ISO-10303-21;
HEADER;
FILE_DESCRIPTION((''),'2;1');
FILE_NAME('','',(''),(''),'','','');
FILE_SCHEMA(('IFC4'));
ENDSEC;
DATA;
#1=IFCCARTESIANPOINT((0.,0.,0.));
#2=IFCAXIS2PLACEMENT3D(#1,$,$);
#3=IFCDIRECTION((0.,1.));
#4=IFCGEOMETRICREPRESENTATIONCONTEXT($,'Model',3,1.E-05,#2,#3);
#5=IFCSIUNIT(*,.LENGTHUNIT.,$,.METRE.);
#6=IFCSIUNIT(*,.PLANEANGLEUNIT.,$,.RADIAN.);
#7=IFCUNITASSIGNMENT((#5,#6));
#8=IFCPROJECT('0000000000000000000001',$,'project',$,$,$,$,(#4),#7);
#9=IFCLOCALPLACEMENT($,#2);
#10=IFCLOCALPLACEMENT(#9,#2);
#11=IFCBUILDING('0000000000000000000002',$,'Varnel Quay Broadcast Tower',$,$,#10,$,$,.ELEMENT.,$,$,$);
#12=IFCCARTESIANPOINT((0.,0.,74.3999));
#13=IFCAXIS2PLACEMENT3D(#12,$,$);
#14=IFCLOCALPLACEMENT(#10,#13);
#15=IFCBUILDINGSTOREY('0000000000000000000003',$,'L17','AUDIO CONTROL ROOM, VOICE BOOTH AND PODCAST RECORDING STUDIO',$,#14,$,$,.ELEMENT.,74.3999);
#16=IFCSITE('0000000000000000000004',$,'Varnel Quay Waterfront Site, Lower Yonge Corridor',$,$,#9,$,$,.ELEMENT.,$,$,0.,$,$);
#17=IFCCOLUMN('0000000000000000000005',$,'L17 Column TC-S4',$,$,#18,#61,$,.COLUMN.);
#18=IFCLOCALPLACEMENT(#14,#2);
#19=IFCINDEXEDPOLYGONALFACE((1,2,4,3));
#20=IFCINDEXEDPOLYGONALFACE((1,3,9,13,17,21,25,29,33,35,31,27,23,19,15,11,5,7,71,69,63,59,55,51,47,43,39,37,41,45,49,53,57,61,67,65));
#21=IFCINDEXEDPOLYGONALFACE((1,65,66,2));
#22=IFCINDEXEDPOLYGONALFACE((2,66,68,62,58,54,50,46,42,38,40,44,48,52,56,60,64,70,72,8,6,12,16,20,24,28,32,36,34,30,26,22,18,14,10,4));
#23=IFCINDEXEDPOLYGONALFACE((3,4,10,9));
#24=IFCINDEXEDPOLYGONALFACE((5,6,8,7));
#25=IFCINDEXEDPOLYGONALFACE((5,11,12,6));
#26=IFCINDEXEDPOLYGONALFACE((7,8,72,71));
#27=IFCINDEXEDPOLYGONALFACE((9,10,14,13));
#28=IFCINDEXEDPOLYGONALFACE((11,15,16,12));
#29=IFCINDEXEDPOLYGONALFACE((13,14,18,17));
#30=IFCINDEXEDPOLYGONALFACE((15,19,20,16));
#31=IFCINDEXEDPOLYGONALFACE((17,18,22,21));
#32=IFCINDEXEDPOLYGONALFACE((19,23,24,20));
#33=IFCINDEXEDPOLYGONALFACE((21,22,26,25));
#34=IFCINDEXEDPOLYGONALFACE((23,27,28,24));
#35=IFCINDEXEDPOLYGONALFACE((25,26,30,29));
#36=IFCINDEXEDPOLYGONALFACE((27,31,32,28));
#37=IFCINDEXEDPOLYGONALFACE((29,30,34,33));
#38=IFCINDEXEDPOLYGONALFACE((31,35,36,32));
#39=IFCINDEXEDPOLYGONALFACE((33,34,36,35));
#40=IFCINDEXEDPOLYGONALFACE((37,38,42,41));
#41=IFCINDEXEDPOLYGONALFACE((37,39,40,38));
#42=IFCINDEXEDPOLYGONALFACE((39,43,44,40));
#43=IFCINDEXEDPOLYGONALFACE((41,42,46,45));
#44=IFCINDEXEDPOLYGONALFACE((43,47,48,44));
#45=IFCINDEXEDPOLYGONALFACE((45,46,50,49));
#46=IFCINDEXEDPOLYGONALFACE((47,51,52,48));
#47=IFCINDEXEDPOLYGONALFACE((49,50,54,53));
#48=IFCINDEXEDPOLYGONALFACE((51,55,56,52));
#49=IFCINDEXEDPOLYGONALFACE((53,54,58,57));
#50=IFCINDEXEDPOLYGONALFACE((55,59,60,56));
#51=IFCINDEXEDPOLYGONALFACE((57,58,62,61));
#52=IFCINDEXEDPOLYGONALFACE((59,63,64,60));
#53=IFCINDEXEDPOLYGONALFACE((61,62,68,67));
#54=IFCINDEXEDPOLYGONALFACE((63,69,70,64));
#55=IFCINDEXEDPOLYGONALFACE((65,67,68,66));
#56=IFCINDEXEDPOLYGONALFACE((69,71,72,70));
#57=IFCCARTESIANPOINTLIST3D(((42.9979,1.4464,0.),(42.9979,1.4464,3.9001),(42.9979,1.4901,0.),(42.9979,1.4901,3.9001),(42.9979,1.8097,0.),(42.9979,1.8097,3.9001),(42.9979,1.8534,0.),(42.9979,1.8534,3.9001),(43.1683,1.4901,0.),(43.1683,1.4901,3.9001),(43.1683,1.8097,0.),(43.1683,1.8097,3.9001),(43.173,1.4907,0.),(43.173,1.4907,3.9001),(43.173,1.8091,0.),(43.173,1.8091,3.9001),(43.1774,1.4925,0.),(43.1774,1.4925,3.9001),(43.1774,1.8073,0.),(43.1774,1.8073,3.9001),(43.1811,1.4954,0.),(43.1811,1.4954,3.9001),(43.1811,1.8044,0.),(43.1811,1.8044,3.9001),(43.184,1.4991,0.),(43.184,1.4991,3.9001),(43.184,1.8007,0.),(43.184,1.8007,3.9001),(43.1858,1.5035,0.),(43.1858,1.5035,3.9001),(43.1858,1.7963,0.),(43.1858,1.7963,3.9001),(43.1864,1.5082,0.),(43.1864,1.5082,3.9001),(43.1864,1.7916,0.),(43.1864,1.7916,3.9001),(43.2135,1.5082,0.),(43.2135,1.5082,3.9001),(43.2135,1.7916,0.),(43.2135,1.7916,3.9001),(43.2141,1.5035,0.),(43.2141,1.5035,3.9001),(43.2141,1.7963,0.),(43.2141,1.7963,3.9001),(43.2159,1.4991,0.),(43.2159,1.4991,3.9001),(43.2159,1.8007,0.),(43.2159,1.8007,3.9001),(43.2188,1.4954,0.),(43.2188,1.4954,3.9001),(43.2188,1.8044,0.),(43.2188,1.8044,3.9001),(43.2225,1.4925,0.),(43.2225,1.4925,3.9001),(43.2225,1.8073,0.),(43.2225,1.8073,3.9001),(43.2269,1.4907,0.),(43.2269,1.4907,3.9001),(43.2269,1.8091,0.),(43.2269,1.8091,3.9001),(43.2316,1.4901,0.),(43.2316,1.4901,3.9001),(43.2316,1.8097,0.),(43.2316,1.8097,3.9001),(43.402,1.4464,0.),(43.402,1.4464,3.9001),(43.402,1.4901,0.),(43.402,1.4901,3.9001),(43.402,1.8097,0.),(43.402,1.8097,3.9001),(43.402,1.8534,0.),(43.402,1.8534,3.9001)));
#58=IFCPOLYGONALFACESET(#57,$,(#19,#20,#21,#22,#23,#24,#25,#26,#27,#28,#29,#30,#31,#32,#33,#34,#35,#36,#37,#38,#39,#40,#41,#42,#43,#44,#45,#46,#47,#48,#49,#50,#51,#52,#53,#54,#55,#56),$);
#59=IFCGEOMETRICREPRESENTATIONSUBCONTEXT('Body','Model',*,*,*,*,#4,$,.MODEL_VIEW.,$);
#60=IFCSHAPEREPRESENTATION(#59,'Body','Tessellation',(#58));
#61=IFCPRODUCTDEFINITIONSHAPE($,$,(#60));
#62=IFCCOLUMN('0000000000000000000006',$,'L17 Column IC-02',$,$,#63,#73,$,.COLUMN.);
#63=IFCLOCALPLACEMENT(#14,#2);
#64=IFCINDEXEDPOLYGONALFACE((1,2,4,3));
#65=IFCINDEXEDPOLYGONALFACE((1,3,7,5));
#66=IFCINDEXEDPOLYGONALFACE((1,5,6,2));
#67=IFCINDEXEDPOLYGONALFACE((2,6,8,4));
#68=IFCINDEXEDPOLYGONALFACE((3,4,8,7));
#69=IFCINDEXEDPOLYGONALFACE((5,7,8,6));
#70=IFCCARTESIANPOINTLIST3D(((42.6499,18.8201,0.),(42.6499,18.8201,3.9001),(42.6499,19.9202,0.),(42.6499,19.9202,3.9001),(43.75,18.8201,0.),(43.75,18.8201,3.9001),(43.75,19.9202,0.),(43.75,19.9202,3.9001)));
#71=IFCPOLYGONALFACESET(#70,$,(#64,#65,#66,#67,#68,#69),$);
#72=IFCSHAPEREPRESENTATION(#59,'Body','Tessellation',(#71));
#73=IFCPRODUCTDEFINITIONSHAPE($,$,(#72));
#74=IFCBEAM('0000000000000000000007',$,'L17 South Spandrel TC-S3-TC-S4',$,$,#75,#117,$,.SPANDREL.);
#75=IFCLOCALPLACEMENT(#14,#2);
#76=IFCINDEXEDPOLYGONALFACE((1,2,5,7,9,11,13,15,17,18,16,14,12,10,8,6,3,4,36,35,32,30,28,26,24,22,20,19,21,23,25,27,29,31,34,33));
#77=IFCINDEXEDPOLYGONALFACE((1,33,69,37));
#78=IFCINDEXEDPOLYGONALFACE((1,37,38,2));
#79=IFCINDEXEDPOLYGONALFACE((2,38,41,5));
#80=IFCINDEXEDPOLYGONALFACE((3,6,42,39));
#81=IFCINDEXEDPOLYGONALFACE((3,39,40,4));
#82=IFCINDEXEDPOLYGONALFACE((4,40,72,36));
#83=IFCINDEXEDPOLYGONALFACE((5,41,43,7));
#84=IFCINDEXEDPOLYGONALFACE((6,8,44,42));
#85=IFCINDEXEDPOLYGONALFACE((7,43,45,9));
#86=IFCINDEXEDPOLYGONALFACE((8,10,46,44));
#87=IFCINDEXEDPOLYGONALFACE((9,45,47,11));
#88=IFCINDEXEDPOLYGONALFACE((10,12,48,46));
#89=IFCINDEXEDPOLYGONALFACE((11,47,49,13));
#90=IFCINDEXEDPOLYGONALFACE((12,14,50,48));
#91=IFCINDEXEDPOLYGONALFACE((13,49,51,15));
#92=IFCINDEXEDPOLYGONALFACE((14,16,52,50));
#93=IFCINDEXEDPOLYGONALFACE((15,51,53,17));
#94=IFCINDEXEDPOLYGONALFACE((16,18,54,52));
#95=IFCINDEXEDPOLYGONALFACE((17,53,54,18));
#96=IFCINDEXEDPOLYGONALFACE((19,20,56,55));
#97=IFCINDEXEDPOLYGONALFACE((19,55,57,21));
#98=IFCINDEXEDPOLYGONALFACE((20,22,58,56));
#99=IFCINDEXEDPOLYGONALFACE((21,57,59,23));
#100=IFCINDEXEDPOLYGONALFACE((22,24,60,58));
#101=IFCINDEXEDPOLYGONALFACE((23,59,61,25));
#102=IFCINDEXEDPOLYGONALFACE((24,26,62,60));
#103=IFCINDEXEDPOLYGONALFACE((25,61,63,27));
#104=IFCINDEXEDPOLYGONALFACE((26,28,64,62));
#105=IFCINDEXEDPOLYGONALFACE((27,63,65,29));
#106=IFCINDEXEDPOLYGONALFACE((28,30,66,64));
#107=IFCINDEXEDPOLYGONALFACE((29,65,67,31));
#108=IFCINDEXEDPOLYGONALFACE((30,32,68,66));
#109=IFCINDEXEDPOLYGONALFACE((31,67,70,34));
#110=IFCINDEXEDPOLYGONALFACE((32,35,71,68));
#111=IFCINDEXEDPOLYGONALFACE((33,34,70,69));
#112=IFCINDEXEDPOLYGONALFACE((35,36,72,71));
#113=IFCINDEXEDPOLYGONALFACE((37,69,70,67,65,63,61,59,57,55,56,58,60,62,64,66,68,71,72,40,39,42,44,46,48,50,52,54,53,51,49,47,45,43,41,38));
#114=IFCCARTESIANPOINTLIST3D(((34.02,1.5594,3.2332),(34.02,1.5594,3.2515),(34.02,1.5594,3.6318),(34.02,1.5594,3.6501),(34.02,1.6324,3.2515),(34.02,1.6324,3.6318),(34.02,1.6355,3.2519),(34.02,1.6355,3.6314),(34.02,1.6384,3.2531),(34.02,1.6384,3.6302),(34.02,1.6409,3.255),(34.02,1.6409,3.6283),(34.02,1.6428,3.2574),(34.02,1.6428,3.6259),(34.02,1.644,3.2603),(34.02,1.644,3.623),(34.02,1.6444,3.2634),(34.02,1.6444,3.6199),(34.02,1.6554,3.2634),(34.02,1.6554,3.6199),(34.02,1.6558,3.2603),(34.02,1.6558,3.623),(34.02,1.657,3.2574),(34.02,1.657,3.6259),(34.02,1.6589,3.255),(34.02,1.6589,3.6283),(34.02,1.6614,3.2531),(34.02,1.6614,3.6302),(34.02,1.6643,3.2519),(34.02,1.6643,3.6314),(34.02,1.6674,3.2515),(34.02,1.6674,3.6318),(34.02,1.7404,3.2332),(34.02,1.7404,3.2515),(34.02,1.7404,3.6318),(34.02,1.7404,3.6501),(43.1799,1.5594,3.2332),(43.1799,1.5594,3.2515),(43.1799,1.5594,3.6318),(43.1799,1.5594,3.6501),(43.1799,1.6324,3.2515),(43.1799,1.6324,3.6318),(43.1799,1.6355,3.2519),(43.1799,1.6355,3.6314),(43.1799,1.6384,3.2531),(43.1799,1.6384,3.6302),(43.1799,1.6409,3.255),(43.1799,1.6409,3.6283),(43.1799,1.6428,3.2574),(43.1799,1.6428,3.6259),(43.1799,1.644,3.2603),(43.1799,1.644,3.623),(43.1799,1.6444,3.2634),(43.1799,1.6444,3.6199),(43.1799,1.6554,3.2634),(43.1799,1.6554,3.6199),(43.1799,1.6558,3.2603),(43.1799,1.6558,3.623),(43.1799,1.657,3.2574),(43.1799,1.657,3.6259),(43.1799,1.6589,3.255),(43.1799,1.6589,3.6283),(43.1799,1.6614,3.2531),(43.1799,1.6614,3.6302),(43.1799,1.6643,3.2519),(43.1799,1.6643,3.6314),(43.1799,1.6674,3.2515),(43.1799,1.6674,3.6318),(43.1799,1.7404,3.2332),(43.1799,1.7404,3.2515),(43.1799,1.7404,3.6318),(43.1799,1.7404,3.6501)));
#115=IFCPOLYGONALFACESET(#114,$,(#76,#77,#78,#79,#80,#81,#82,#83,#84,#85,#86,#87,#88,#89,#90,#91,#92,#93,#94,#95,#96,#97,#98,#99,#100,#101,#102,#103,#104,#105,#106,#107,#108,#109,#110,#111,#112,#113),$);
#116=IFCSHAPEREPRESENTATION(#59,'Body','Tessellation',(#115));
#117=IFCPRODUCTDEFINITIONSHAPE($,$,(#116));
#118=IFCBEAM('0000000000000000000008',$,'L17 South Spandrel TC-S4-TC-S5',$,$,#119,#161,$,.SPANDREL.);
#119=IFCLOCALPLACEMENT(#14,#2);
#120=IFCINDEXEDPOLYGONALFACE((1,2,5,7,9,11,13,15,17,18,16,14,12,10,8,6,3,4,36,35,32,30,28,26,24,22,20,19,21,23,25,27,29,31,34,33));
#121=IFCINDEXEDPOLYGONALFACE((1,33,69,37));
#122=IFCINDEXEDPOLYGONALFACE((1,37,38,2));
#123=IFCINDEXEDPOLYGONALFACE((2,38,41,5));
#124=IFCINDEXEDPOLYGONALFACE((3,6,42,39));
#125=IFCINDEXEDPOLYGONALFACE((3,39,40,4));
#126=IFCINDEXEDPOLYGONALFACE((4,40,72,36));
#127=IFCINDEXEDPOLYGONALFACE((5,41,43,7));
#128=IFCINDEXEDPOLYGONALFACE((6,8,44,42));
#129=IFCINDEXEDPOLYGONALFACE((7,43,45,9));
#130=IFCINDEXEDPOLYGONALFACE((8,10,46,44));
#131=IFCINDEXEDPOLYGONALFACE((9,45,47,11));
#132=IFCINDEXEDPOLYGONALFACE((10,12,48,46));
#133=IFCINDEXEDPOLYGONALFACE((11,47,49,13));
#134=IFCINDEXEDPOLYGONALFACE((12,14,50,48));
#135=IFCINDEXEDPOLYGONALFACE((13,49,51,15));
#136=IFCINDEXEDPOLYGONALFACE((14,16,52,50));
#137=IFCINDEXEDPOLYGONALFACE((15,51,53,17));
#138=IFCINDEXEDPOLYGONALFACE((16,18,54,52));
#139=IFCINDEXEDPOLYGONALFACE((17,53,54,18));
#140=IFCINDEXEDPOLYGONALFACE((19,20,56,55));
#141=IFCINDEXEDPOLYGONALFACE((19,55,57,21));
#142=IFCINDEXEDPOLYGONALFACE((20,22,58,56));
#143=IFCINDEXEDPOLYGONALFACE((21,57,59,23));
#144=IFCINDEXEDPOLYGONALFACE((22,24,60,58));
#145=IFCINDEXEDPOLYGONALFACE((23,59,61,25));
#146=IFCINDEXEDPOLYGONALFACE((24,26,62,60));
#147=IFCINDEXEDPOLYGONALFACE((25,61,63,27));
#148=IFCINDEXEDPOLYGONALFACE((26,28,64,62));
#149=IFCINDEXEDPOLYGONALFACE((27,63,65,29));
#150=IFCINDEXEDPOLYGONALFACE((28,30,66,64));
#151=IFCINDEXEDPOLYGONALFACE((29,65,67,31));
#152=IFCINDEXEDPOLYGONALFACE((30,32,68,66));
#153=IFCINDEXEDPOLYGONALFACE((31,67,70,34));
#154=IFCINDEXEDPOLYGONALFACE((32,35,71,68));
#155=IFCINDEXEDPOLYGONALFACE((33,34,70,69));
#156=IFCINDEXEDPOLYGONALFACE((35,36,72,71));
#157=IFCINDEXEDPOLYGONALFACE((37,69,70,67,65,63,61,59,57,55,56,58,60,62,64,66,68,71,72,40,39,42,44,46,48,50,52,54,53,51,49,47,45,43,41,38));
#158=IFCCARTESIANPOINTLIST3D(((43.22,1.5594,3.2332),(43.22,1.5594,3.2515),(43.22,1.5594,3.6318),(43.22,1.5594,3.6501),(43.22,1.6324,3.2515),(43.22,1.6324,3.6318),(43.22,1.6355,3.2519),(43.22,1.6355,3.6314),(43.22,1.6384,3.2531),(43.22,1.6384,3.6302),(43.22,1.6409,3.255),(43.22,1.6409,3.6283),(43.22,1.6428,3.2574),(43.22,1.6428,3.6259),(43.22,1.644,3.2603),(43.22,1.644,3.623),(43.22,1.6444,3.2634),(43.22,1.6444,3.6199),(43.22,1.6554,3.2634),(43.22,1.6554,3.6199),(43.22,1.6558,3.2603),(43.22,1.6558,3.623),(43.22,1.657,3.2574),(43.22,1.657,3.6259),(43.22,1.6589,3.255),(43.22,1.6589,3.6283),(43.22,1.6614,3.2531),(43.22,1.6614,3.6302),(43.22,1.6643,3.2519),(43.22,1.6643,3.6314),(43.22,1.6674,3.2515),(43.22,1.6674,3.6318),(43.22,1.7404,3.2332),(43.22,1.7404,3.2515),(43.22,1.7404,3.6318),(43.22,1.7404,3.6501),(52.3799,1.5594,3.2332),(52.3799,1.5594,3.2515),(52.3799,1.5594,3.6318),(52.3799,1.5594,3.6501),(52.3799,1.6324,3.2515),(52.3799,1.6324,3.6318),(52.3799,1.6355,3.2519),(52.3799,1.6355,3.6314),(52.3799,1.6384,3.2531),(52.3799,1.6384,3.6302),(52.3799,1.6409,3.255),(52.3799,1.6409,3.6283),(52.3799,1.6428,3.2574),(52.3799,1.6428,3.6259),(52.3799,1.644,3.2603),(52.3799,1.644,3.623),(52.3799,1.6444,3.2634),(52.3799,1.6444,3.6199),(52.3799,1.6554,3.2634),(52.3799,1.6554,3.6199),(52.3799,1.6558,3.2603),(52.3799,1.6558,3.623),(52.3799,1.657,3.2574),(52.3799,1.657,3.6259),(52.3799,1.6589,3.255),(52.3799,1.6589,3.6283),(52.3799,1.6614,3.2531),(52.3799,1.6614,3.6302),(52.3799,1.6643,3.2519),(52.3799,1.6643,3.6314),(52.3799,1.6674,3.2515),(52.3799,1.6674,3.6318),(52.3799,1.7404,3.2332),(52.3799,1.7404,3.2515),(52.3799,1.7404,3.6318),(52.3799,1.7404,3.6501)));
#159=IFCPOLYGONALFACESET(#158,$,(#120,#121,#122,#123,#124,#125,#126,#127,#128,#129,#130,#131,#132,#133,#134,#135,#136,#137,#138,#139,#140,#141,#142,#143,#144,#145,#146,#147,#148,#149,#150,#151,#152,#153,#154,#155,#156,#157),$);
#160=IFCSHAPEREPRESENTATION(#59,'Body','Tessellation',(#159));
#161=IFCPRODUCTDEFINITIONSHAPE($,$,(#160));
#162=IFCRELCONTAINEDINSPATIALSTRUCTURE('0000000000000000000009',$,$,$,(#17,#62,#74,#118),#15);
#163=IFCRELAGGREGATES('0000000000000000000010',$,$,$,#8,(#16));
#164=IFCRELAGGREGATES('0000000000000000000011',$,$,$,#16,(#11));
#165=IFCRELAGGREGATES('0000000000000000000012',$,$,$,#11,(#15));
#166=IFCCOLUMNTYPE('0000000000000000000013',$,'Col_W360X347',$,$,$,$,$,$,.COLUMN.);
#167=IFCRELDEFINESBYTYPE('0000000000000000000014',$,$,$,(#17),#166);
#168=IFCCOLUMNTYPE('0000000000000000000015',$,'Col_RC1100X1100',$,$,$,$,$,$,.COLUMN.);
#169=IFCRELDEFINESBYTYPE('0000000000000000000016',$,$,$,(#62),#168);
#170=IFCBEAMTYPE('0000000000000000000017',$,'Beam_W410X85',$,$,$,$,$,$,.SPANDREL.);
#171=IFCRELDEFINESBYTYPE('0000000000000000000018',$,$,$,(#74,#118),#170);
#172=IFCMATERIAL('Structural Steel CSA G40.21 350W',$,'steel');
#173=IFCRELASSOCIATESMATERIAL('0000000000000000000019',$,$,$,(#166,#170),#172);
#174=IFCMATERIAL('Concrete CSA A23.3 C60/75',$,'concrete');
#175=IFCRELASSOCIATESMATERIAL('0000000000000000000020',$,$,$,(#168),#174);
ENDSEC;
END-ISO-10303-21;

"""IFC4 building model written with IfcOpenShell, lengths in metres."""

from ifc_helpers import new_model, si_unit, direction, frame, origin, origin_2d, place, context, subcontext, project, spatial, rectangle, i_section, extrude, source, transform, mapped, material, material_profile, profile_set, type_object, type_shapes, element, save


model = new_model("IFC4")

# Units and contexts
model_context = context("Model", 3, precision=1e-05, world=origin(), true_north=direction((0.0, 1.0)))
body_context = subcontext(model_context, "Body", "Model", "MODEL_VIEW")
ifc_project = project(units=[si_unit("LENGTHUNIT", "METRE"), si_unit("PLANEANGLEUNIT", "RADIAN")], contexts=[model_context])

# Site, building, storey
site_placement = place(None, origin())
site = spatial("IfcSite", under=ifc_project, at=site_placement, Name="Varnel Quay Waterfront Site, Lower Yonge Corridor", CompositionType="ELEMENT", RefElevation=0.0)
building_placement = place(site_placement, origin())
building = spatial("IfcBuilding", under=site, at=building_placement, Name="Varnel Quay Broadcast Tower", CompositionType="ELEMENT")
storey_placement = place(building_placement, frame((0.0, 0.0, 74.3999)))
storey = spatial("IfcBuildingStorey", under=building, at=storey_placement, Name="L17", Description="AUDIO CONTROL ROOM, VOICE BOOTH AND PODCAST RECORDING STUDIO", CompositionType="ELEMENT", Elevation=74.3999)

# Columns
ifc_material_1 = material(Name="Structural Steel CSA G40.21 350W", Category="steel")
ifc_material_profile_1 = material_profile(ifc_material_1, i_section(OverallWidth=0.4041, OverallDepth=0.407, WebThickness=0.0271, FlangeThickness=0.0437, FilletRadius=0.0181, at=origin_2d()), Name="W360X347")
ifc_profile_set_1 = profile_set([ifc_material_profile_1], Name="Structural Steel CSA G40.21 350W")
column_type_1 = type_object("IfcColumnType", Name="Col_W360X347", PredefinedType="COLUMN", material=ifc_profile_set_1)
shared_shape_1 = source(origin(), body_context, "Body", "SweptSolid", [
    extrude(i_section(OverallWidth=0.4041, OverallDepth=0.407, WebThickness=0.0271, FlangeThickness=0.0437, FilletRadius=0.0181, at=origin_2d()), origin(), (0.0, 0.0, 1.0), 3.9001),
])
type_shapes(column_type_1, [shared_shape_1])
column_1_placement = place(storey_placement, frame((43.2, 1.6499, 0.0), z_axis=(0.0, 0.0, 1.0), x_axis=(1.0, 0.0, 0.0)))
element("IfcColumn", 1, at=column_1_placement, inside=storey, type_object=column_type_1, Name="L17 Column TC-S4", PredefinedType="COLUMN", context=body_context, shape_type="MappedRepresentation", body=[
    mapped(shared_shape_1, transform((0.0, 0.0, 0.0), x_axis=(1.0, 0.0, 0.0), y_axis=(0.0, 1.0, 0.0), z_axis=(0.0, 0.0, 1.0), scale=1.0)),
])
ifc_material_2 = material(Name="Concrete CSA A23.3 C60/75", Category="concrete")
ifc_material_profile_2 = material_profile(ifc_material_2, rectangle(XDim=1.1001, YDim=1.1001, at=origin_2d()), Name="RC1100X1100")
ifc_profile_set_2 = profile_set([ifc_material_profile_2], Name="Concrete CSA A23.3 C60/75")
column_type_2 = type_object("IfcColumnType", Name="Col_RC1100X1100", PredefinedType="COLUMN", material=ifc_profile_set_2)
shared_shape_2 = source(origin(), body_context, "Body", "SweptSolid", [
    extrude(rectangle(XDim=1.1001, YDim=1.1001, at=origin_2d()), origin(), (0.0, 0.0, 1.0), 3.9001),
])
type_shapes(column_type_2, [shared_shape_2])
column_2_placement = place(storey_placement, frame((43.2, 19.3701, 0.0), z_axis=(0.0, 0.0, 1.0), x_axis=(1.0, 0.0, 0.0)))
element("IfcColumn", 2, at=column_2_placement, inside=storey, type_object=column_type_2, Name="L17 Column IC-02", PredefinedType="COLUMN", context=body_context, shape_type="MappedRepresentation", body=[
    mapped(shared_shape_2, transform((0.0, 0.0, 0.0), x_axis=(1.0, 0.0, 0.0), y_axis=(0.0, 1.0, 0.0), z_axis=(0.0, 0.0, 1.0), scale=1.0)),
])

# Beams
ifc_material_profile_3 = material_profile(ifc_material_1, i_section(OverallWidth=0.1809, OverallDepth=0.417, WebThickness=0.011, FlangeThickness=0.0183, FilletRadius=0.012, at=origin_2d()), Name="W410X85")
ifc_profile_set_3 = profile_set([ifc_material_profile_3], Name="Structural Steel CSA G40.21 350W")
beam_type_1 = type_object("IfcBeamType", Name="Beam_W410X85", PredefinedType="SPANDREL", material=ifc_profile_set_3)
shared_shape_3 = source(origin(), body_context, "Body", "SweptSolid", [
    extrude(i_section(OverallWidth=0.1809, OverallDepth=0.417, WebThickness=0.011, FlangeThickness=0.0183, FilletRadius=0.012, at=origin_2d()), origin(), (0.0, 0.0, 1.0), 9.1599),
])
type_shapes(beam_type_1, [shared_shape_3])
for number, where, z_axis, x_axis, name in (
    (3, (34.02, 1.6499, 3.4417), (1.0, 0.0, 0.0), (0.0, 1.0, 0.0), "L17 South Spandrel TC-S3-TC-S4"),
    (4, (43.22, 1.6499, 3.4417), (1.0, 0.0, 0.0), (0.0, 1.0, 0.0), "L17 South Spandrel TC-S4-TC-S5"),
):
    element("IfcBeam", number, at=place(storey_placement, frame(where, z_axis=z_axis, x_axis=x_axis)), inside=storey, type_object=beam_type_1, Name=name, PredefinedType="SPANDREL", context=body_context, shape_type="MappedRepresentation", body=[
        mapped(shared_shape_3, transform((0.0, 0.0, 0.0), x_axis=(1.0, 0.0, 0.0), y_axis=(0.0, 1.0, 0.0), z_axis=(0.0, 0.0, 1.0), scale=1.0)),
    ])

save(model, "model.ifc")
